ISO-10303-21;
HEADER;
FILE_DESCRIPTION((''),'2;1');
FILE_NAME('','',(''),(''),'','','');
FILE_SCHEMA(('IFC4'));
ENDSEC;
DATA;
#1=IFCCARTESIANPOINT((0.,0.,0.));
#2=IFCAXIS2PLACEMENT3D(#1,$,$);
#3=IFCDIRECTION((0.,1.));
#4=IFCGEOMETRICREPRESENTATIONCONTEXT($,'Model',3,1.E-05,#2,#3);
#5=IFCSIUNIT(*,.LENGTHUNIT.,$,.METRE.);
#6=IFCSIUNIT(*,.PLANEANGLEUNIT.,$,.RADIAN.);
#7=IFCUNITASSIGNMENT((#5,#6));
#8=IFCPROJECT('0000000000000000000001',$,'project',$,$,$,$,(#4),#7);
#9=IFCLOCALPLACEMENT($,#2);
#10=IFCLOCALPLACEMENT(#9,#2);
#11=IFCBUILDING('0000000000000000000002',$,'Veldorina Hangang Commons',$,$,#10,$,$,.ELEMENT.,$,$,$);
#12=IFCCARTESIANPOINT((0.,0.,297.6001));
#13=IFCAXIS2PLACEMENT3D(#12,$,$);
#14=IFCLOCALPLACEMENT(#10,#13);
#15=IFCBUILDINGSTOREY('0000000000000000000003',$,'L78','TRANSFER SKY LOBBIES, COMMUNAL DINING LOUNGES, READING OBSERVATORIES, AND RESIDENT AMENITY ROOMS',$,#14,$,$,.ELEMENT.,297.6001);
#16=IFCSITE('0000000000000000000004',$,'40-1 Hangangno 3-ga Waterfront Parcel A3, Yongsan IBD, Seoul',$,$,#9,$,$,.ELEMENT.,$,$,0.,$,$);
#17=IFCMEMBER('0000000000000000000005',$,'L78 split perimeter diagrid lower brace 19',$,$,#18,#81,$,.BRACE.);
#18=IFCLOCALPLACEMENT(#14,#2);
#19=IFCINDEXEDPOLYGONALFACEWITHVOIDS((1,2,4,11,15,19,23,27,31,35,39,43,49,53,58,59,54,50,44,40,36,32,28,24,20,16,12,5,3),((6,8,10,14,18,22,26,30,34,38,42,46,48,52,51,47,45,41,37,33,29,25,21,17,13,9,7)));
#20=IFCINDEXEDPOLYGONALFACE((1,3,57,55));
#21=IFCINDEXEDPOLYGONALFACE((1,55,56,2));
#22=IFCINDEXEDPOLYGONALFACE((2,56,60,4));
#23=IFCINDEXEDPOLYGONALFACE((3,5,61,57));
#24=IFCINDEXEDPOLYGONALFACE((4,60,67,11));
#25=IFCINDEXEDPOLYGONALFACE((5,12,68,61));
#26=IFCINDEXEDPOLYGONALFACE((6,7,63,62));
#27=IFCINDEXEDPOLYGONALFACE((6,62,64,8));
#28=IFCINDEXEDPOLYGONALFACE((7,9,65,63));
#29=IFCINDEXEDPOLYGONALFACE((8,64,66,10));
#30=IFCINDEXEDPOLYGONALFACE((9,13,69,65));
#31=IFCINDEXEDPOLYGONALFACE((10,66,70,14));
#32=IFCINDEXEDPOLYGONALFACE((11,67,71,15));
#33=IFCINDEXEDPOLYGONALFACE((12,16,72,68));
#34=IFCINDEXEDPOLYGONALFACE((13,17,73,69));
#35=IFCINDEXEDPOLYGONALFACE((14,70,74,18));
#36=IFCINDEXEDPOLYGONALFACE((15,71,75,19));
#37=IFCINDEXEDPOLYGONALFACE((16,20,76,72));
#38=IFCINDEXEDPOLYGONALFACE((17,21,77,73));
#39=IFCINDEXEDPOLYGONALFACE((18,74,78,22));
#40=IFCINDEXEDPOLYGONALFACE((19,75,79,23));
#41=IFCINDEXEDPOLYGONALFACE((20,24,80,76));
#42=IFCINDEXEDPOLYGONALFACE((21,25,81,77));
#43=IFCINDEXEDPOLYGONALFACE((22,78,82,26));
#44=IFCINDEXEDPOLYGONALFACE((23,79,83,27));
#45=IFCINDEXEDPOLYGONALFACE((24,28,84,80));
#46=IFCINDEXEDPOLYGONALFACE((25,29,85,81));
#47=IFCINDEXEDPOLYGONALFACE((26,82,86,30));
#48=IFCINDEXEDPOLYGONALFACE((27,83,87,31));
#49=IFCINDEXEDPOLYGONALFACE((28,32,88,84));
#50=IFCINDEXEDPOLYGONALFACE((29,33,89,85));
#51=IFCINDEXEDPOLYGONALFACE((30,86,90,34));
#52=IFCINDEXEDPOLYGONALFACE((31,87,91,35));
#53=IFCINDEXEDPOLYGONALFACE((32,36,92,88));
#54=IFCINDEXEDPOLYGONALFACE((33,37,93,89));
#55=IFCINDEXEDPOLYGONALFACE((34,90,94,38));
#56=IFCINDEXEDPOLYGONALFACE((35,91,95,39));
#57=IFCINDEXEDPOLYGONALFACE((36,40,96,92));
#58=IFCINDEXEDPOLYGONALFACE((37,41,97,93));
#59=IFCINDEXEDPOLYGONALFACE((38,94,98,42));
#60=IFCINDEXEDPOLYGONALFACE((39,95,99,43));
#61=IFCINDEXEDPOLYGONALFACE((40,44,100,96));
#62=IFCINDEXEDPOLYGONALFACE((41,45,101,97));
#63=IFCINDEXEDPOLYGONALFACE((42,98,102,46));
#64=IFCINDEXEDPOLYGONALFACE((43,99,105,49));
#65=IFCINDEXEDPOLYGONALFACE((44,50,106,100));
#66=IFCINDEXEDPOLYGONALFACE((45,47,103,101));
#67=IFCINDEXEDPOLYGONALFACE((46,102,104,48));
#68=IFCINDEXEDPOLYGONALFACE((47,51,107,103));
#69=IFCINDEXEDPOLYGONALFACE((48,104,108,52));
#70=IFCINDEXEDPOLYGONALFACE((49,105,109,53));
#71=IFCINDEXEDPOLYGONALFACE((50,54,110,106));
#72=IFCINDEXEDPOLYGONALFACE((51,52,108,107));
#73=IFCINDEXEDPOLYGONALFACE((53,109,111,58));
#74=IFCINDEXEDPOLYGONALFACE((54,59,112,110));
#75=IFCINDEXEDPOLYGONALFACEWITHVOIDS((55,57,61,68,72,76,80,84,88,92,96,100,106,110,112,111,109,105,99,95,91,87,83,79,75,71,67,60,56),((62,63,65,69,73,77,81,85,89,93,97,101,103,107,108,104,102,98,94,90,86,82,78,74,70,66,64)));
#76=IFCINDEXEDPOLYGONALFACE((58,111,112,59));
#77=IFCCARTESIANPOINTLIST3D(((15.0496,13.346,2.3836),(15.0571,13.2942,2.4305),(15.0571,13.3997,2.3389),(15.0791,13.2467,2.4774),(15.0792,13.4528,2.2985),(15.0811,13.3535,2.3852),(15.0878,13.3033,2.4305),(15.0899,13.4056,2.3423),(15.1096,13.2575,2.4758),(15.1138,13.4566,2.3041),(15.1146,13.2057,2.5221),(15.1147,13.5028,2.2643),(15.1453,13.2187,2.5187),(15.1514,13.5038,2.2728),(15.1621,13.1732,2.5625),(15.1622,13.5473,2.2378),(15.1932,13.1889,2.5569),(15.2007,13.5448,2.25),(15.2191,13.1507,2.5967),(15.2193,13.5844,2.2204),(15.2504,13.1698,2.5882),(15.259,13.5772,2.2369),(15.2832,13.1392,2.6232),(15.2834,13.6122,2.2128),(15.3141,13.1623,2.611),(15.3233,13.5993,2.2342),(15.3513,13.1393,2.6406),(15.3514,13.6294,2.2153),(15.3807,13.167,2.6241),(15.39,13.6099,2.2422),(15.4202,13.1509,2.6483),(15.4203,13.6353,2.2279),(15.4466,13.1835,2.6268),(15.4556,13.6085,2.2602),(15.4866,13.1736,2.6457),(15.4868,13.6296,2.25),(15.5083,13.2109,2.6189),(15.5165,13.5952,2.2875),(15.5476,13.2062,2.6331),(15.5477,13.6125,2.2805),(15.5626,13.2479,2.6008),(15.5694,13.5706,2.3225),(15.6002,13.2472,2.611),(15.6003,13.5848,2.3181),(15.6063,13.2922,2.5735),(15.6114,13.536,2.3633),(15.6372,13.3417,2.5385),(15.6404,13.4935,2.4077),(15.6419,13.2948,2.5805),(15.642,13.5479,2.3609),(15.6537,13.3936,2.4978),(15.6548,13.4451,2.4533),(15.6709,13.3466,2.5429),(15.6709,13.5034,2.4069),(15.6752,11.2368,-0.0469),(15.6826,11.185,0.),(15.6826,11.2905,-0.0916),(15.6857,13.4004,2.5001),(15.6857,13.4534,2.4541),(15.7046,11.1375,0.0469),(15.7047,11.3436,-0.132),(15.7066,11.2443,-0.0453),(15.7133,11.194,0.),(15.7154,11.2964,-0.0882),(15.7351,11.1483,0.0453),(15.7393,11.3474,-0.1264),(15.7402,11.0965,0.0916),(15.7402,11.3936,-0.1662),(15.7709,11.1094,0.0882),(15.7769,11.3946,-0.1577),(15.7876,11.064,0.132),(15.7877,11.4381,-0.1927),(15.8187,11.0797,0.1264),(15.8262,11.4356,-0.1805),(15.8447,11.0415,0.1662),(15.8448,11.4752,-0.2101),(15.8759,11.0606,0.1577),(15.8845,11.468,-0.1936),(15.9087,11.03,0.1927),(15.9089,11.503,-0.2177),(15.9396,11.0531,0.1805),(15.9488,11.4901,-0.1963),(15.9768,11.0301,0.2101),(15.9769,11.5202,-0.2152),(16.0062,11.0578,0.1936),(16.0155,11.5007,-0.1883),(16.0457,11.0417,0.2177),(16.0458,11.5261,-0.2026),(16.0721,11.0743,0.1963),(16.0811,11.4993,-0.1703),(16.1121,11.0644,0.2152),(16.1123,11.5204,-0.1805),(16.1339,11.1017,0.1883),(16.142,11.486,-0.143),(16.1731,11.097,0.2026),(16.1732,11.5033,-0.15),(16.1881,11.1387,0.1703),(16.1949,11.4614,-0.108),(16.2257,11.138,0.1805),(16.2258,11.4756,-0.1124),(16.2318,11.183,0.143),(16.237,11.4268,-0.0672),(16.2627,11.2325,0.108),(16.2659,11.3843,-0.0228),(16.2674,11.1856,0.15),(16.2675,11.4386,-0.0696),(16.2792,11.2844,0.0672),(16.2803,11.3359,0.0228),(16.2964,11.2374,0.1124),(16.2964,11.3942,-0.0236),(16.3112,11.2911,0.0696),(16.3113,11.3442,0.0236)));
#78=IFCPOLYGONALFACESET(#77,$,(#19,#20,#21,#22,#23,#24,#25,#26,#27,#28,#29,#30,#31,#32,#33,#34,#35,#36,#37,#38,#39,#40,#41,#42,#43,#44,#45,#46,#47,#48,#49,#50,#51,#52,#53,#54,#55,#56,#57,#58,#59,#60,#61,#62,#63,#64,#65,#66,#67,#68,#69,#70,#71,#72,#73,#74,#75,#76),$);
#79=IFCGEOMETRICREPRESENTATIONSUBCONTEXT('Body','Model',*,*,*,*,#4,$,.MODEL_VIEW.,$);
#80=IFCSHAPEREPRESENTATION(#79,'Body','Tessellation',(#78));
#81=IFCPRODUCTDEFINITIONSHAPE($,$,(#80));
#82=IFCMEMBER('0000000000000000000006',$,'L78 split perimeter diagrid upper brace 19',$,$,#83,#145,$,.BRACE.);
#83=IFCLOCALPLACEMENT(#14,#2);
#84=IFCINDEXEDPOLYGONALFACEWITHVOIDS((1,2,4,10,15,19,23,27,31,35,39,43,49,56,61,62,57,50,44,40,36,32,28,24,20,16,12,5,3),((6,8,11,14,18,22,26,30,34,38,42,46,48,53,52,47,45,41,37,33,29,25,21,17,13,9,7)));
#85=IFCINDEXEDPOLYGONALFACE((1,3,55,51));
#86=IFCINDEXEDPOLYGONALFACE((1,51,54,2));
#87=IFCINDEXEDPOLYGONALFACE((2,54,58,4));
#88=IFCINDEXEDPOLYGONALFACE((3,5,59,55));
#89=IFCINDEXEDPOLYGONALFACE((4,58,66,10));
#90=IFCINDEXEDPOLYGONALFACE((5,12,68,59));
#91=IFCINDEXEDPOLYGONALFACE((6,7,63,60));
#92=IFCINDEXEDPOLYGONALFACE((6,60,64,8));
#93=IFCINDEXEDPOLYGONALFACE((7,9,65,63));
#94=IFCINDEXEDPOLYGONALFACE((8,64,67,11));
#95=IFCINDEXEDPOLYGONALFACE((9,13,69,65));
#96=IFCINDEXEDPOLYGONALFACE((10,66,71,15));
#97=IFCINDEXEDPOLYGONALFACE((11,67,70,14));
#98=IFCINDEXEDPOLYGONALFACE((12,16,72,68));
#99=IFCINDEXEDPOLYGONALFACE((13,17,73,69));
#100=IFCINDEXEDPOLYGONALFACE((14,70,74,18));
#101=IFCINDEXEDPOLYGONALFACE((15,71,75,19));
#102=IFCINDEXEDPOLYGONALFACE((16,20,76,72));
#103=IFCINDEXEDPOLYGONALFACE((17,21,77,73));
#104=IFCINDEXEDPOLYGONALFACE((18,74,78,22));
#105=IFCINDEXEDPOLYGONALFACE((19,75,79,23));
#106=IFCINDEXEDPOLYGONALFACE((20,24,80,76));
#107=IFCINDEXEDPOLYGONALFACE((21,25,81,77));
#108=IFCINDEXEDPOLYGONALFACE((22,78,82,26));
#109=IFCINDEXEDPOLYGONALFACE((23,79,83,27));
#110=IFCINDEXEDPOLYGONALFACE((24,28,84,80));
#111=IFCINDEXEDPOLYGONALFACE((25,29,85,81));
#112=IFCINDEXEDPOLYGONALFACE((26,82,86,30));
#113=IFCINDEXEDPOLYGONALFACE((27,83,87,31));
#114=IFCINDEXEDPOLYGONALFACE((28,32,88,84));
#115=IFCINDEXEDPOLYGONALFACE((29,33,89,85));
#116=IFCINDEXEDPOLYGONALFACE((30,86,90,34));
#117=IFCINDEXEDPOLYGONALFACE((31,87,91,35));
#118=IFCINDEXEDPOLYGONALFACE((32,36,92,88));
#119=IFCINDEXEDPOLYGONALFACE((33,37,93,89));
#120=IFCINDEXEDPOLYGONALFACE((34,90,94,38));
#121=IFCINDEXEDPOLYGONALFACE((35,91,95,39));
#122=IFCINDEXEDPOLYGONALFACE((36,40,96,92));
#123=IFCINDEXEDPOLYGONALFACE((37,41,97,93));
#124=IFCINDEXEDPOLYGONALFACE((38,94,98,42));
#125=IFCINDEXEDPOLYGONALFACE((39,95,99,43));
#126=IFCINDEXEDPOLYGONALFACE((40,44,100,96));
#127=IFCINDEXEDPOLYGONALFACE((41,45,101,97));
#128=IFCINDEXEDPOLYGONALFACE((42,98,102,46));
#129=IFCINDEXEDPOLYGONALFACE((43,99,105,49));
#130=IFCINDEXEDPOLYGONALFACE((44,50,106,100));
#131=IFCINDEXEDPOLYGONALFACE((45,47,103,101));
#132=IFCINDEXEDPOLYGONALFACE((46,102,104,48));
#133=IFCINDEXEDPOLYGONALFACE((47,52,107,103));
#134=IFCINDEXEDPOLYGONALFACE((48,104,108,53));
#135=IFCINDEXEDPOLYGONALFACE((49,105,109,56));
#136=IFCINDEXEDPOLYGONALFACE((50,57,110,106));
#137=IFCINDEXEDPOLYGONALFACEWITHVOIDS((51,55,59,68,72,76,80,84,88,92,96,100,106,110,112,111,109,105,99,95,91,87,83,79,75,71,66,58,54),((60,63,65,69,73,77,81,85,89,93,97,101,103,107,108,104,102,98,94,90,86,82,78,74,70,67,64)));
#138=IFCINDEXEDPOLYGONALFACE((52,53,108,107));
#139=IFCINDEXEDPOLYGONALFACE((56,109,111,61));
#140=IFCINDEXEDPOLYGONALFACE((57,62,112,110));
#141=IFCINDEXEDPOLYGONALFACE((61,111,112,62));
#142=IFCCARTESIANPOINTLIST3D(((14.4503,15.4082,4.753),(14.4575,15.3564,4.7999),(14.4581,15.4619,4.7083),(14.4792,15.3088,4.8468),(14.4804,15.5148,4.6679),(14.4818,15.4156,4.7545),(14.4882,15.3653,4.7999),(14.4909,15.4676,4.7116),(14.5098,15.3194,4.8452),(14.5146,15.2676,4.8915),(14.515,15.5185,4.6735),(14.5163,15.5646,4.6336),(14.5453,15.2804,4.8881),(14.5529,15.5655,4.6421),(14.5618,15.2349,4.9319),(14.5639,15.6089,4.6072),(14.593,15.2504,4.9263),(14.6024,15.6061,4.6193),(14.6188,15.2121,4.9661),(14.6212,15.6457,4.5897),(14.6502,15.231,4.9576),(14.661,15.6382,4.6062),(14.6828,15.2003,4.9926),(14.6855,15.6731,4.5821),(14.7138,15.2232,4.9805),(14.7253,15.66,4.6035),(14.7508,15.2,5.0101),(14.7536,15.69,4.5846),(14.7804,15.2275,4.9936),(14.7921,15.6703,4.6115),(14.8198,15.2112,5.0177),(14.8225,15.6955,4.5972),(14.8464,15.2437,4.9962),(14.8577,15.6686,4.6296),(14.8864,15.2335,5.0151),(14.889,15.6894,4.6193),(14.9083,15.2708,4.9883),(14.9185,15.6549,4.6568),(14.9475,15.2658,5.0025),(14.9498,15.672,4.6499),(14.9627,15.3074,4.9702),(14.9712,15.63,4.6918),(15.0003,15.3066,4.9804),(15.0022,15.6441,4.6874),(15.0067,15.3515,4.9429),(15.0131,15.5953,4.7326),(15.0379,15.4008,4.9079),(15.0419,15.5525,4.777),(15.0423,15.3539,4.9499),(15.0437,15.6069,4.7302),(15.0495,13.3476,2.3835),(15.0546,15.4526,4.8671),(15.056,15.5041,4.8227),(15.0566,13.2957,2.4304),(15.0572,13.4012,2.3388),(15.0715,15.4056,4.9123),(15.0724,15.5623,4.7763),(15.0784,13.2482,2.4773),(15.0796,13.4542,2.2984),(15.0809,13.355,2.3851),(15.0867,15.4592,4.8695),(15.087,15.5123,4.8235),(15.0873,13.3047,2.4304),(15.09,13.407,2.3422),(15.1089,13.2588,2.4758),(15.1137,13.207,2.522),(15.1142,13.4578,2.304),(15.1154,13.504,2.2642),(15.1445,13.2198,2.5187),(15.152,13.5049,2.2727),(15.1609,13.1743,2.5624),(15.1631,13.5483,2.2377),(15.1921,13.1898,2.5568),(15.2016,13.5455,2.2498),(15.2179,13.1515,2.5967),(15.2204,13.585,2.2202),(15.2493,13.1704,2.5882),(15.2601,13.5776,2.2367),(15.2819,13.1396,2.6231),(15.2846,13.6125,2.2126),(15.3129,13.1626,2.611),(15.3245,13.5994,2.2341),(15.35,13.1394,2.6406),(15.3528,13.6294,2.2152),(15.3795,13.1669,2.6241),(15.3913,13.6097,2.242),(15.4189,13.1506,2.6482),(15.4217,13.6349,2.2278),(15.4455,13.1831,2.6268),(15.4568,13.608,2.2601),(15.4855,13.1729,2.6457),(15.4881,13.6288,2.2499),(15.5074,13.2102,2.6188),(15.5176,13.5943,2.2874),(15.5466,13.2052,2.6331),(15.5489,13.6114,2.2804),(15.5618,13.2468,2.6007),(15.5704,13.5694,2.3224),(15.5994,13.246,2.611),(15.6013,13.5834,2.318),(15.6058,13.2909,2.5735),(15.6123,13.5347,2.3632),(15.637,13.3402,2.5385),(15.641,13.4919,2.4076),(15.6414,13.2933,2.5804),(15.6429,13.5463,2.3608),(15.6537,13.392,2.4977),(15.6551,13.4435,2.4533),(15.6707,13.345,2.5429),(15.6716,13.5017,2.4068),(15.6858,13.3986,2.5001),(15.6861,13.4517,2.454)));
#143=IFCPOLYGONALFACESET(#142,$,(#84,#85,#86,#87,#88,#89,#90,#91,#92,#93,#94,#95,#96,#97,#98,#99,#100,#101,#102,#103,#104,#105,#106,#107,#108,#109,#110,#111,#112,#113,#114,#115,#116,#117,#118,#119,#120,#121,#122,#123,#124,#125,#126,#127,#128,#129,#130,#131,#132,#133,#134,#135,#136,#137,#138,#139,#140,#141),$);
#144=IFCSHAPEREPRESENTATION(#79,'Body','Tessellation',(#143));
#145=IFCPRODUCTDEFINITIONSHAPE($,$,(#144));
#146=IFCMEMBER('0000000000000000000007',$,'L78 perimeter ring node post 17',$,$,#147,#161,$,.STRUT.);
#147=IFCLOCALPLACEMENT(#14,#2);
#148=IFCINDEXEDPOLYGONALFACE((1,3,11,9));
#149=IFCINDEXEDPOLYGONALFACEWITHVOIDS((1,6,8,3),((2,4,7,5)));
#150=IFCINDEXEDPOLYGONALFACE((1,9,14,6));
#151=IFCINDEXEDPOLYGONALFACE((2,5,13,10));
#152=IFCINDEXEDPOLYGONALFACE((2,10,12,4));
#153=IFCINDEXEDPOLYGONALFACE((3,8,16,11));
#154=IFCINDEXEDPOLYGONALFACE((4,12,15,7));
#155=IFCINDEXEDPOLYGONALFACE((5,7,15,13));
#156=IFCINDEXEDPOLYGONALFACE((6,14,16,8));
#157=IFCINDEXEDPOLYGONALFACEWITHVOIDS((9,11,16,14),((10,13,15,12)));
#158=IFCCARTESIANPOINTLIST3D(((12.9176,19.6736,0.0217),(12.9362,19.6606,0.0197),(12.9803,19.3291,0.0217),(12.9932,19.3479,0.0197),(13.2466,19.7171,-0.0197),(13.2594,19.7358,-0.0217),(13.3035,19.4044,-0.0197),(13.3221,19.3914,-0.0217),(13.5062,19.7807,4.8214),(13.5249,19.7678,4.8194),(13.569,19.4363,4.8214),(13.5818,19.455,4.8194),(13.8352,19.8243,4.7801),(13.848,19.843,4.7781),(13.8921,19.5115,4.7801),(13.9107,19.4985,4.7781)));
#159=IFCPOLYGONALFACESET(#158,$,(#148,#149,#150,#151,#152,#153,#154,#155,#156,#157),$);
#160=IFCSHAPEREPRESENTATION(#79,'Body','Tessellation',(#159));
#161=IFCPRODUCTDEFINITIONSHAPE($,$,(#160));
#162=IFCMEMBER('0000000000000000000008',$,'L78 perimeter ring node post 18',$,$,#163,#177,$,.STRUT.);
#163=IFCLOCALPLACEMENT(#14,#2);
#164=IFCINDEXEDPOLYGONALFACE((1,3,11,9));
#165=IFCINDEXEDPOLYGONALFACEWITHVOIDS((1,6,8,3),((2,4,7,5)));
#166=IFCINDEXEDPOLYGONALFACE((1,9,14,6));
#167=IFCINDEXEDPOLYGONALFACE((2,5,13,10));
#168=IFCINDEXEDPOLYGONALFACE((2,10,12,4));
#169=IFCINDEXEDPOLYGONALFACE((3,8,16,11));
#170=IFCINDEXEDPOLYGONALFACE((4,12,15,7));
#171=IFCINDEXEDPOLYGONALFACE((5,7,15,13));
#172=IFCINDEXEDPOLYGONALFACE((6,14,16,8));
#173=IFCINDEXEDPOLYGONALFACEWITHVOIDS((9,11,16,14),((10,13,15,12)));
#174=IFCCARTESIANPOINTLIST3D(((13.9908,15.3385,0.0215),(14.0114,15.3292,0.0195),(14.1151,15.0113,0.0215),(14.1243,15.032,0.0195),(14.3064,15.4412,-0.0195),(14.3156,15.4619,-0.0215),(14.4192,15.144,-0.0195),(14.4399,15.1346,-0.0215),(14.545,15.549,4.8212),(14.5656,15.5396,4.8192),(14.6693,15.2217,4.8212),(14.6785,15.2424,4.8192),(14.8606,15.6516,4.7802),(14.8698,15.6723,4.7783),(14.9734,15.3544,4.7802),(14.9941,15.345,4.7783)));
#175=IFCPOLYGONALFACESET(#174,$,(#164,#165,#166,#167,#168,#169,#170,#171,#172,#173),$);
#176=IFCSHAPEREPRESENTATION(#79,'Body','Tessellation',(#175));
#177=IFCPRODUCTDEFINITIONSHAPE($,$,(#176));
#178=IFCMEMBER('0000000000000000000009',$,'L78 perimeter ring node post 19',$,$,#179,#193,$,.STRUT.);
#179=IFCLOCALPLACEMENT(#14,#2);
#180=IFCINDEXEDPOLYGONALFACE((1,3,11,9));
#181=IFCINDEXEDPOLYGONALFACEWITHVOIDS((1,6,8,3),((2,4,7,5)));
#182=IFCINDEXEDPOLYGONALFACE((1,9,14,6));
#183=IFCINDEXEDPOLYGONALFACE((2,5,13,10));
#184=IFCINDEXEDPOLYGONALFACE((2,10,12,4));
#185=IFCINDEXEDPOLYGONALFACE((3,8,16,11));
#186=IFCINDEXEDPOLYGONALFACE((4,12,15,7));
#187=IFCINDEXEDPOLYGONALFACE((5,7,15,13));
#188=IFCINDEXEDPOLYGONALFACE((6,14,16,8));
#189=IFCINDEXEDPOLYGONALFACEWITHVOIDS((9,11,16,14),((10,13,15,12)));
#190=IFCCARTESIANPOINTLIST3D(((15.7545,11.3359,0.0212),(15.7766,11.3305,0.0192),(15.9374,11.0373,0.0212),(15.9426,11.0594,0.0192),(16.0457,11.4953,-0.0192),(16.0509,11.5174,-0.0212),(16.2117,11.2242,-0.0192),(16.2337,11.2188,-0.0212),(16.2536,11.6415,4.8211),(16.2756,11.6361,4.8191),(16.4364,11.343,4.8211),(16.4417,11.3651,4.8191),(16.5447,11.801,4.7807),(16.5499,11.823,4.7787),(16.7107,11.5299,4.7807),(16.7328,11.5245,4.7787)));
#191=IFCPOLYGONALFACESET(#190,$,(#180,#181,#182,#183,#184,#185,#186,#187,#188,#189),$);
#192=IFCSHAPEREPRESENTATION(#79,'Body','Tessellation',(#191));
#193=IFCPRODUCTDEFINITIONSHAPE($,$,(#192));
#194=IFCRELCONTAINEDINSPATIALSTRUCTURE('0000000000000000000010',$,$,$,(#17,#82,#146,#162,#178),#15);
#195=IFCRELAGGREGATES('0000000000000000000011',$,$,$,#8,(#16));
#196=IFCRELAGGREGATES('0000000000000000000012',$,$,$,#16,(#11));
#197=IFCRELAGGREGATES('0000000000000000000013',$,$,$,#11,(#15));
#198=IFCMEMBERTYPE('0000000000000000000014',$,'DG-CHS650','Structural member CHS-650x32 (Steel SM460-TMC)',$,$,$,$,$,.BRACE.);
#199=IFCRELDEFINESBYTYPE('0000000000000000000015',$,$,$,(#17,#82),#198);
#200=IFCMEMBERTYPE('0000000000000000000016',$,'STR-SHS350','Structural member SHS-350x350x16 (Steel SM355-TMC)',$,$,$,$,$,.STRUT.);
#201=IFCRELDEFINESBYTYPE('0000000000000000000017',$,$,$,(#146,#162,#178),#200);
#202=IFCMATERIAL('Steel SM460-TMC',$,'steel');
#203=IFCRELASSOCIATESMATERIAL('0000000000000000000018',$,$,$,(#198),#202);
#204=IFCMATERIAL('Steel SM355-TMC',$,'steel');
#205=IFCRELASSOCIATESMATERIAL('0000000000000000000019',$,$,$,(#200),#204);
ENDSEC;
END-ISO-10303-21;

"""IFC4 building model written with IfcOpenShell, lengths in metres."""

from ifc_helpers import new_model, si_unit, direction, frame, origin, origin_2d, place, context, subcontext, project, spatial, hollow_rectangle, hollow_circle, extrude, material, material_profile, profile_set, type_object, element, save


model = new_model("IFC4")

# Units and contexts
model_context = context("Model", 3, precision=1e-05, world=origin(), true_north=direction((0.0, 1.0)))
body_context = subcontext(model_context, "Body", "Model", "MODEL_VIEW")
ifc_project = project(units=[si_unit("LENGTHUNIT", "METRE"), si_unit("PLANEANGLEUNIT", "RADIAN")], contexts=[model_context])

# Site, building, storey
site_placement = place(None, origin())
site = spatial("IfcSite", under=ifc_project, at=site_placement, Name="40-1 Hangangno 3-ga Waterfront Parcel A3, Yongsan IBD, Seoul", CompositionType="ELEMENT", RefElevation=0.0)
building_placement = place(site_placement, origin())
building = spatial("IfcBuilding", under=site, at=building_placement, Name="Veldorina Hangang Commons", CompositionType="ELEMENT")
storey_placement = place(building_placement, frame((0.0, 0.0, 297.6001)))
storey = spatial("IfcBuildingStorey", under=building, at=storey_placement, Name="L78", Description="TRANSFER SKY LOBBIES, COMMUNAL DINING LOUNGES, READING OBSERVATORIES, AND RESIDENT AMENITY ROOMS", CompositionType="ELEMENT", Elevation=297.6001)

# Shared definitions
ifc_material_1 = material(Name="Steel SM460-TMC", Category="steel")

# Members
ifc_material_profile_1 = material_profile(ifc_material_1, hollow_circle(Radius=0.325, WallThickness=0.032, at=origin_2d()), Name="CHS-650x32")
ifc_profile_set_1 = profile_set([ifc_material_profile_1], Name="Steel SM460-TMC")
member_type_1 = type_object("IfcMemberType", Name="DG-CHS650", Description="Structural member CHS-650x32 (Steel SM460-TMC)", PredefinedType="BRACE", material=ifc_profile_set_1)
member_1_placement = place(storey_placement, frame((15.9941, 11.2773, 0.0), z_axis=(-0.190802, 0.64338, 0.741388), x_axis=(-0.958729, -0.284323, 0.0)))
element("IfcMember", 1, at=member_1_placement, inside=storey, type_object=member_type_1, Name="L78 split perimeter diagrid lower brace 19", PredefinedType="BRACE", context=body_context, shape_type="SweptSolid", body=[
    extrude(hollow_circle(Radius=0.325, WallThickness=0.032, at=origin_2d()), origin(), (0.0, 0.0, 1.0), 3.2783),
])
member_2_placement = place(storey_placement, frame((15.3687, 13.3865, 2.4304), z_axis=(-0.18742, 0.644589, 0.741201), x_axis=(-0.960234, -0.279196, 0.0)))
element("IfcMember", 2, at=member_2_placement, inside=storey, type_object=member_type_1, Name="L78 split perimeter diagrid upper brace 19", PredefinedType="BRACE", context=body_context, shape_type="SweptSolid", body=[
    extrude(hollow_circle(Radius=0.325, WallThickness=0.032, at=origin_2d()), origin(), (0.0, 0.0, 1.0), 3.1968),
])
ifc_material_2 = material(Name="Steel SM355-TMC", Category="steel")
ifc_material_profile_2 = material_profile(ifc_material_2, hollow_rectangle(XDim=0.3501, YDim=0.3501, WallThickness=0.0161, at=origin_2d()), Name="SHS-350x350x16")
ifc_profile_set_2 = profile_set([ifc_material_profile_2], Name="Steel SM355-TMC")
member_type_2 = type_object("IfcMemberType", Name="STR-SHS350", Description="Structural member SHS-350x350x16 (Steel SM355-TMC)", PredefinedType="STRUT", material=ifc_profile_set_2)
member_3_placement = place(storey_placement, frame((13.1199, 19.5325, 0.0), z_axis=(0.121693, 0.022158, 0.99232), x_axis=(-0.179137, 0.983824, 0.0)))
element("IfcMember", 3, at=member_3_placement, inside=storey, type_object=member_type_2, Name="L78 perimeter ring node post 17", PredefinedType="STRUT", context=body_context, shape_type="SweptSolid", body=[
    extrude(hollow_rectangle(XDim=0.3501, YDim=0.3501, WallThickness=0.0161, at=origin_2d()), origin(), (0.0, 0.0, 1.0), 4.8369),
])
member_4_placement = place(storey_placement, frame((14.2153, 15.2366, 0.0), z_axis=(0.114592, 0.043515, 0.992459), x_axis=(-0.355002, 0.934866, 0.0)))
element("IfcMember", 4, at=member_4_placement, inside=storey, type_object=member_type_2, Name="L78 perimeter ring node post 18", PredefinedType="STRUT", context=body_context, shape_type="SweptSolid", body=[
    extrude(hollow_rectangle(XDim=0.3501, YDim=0.3501, WallThickness=0.0161, at=origin_2d()), origin(), (0.0, 0.0, 1.0), 4.8362),
])
member_5_placement = place(storey_placement, frame((15.9941, 11.2773, 0.0), z_axis=(0.103203, 0.063215, 0.992649), x_axis=(-0.522327, 0.852745, 0.0)))
element("IfcMember", 5, at=member_5_placement, inside=storey, type_object=member_type_2, Name="L78 perimeter ring node post 19", PredefinedType="STRUT", context=body_context, shape_type="SweptSolid", body=[
    extrude(hollow_rectangle(XDim=0.3501, YDim=0.3501, WallThickness=0.0161, at=origin_2d()), origin(), (0.0, 0.0, 1.0), 4.8354),
])

save(model, "model.ifc")
